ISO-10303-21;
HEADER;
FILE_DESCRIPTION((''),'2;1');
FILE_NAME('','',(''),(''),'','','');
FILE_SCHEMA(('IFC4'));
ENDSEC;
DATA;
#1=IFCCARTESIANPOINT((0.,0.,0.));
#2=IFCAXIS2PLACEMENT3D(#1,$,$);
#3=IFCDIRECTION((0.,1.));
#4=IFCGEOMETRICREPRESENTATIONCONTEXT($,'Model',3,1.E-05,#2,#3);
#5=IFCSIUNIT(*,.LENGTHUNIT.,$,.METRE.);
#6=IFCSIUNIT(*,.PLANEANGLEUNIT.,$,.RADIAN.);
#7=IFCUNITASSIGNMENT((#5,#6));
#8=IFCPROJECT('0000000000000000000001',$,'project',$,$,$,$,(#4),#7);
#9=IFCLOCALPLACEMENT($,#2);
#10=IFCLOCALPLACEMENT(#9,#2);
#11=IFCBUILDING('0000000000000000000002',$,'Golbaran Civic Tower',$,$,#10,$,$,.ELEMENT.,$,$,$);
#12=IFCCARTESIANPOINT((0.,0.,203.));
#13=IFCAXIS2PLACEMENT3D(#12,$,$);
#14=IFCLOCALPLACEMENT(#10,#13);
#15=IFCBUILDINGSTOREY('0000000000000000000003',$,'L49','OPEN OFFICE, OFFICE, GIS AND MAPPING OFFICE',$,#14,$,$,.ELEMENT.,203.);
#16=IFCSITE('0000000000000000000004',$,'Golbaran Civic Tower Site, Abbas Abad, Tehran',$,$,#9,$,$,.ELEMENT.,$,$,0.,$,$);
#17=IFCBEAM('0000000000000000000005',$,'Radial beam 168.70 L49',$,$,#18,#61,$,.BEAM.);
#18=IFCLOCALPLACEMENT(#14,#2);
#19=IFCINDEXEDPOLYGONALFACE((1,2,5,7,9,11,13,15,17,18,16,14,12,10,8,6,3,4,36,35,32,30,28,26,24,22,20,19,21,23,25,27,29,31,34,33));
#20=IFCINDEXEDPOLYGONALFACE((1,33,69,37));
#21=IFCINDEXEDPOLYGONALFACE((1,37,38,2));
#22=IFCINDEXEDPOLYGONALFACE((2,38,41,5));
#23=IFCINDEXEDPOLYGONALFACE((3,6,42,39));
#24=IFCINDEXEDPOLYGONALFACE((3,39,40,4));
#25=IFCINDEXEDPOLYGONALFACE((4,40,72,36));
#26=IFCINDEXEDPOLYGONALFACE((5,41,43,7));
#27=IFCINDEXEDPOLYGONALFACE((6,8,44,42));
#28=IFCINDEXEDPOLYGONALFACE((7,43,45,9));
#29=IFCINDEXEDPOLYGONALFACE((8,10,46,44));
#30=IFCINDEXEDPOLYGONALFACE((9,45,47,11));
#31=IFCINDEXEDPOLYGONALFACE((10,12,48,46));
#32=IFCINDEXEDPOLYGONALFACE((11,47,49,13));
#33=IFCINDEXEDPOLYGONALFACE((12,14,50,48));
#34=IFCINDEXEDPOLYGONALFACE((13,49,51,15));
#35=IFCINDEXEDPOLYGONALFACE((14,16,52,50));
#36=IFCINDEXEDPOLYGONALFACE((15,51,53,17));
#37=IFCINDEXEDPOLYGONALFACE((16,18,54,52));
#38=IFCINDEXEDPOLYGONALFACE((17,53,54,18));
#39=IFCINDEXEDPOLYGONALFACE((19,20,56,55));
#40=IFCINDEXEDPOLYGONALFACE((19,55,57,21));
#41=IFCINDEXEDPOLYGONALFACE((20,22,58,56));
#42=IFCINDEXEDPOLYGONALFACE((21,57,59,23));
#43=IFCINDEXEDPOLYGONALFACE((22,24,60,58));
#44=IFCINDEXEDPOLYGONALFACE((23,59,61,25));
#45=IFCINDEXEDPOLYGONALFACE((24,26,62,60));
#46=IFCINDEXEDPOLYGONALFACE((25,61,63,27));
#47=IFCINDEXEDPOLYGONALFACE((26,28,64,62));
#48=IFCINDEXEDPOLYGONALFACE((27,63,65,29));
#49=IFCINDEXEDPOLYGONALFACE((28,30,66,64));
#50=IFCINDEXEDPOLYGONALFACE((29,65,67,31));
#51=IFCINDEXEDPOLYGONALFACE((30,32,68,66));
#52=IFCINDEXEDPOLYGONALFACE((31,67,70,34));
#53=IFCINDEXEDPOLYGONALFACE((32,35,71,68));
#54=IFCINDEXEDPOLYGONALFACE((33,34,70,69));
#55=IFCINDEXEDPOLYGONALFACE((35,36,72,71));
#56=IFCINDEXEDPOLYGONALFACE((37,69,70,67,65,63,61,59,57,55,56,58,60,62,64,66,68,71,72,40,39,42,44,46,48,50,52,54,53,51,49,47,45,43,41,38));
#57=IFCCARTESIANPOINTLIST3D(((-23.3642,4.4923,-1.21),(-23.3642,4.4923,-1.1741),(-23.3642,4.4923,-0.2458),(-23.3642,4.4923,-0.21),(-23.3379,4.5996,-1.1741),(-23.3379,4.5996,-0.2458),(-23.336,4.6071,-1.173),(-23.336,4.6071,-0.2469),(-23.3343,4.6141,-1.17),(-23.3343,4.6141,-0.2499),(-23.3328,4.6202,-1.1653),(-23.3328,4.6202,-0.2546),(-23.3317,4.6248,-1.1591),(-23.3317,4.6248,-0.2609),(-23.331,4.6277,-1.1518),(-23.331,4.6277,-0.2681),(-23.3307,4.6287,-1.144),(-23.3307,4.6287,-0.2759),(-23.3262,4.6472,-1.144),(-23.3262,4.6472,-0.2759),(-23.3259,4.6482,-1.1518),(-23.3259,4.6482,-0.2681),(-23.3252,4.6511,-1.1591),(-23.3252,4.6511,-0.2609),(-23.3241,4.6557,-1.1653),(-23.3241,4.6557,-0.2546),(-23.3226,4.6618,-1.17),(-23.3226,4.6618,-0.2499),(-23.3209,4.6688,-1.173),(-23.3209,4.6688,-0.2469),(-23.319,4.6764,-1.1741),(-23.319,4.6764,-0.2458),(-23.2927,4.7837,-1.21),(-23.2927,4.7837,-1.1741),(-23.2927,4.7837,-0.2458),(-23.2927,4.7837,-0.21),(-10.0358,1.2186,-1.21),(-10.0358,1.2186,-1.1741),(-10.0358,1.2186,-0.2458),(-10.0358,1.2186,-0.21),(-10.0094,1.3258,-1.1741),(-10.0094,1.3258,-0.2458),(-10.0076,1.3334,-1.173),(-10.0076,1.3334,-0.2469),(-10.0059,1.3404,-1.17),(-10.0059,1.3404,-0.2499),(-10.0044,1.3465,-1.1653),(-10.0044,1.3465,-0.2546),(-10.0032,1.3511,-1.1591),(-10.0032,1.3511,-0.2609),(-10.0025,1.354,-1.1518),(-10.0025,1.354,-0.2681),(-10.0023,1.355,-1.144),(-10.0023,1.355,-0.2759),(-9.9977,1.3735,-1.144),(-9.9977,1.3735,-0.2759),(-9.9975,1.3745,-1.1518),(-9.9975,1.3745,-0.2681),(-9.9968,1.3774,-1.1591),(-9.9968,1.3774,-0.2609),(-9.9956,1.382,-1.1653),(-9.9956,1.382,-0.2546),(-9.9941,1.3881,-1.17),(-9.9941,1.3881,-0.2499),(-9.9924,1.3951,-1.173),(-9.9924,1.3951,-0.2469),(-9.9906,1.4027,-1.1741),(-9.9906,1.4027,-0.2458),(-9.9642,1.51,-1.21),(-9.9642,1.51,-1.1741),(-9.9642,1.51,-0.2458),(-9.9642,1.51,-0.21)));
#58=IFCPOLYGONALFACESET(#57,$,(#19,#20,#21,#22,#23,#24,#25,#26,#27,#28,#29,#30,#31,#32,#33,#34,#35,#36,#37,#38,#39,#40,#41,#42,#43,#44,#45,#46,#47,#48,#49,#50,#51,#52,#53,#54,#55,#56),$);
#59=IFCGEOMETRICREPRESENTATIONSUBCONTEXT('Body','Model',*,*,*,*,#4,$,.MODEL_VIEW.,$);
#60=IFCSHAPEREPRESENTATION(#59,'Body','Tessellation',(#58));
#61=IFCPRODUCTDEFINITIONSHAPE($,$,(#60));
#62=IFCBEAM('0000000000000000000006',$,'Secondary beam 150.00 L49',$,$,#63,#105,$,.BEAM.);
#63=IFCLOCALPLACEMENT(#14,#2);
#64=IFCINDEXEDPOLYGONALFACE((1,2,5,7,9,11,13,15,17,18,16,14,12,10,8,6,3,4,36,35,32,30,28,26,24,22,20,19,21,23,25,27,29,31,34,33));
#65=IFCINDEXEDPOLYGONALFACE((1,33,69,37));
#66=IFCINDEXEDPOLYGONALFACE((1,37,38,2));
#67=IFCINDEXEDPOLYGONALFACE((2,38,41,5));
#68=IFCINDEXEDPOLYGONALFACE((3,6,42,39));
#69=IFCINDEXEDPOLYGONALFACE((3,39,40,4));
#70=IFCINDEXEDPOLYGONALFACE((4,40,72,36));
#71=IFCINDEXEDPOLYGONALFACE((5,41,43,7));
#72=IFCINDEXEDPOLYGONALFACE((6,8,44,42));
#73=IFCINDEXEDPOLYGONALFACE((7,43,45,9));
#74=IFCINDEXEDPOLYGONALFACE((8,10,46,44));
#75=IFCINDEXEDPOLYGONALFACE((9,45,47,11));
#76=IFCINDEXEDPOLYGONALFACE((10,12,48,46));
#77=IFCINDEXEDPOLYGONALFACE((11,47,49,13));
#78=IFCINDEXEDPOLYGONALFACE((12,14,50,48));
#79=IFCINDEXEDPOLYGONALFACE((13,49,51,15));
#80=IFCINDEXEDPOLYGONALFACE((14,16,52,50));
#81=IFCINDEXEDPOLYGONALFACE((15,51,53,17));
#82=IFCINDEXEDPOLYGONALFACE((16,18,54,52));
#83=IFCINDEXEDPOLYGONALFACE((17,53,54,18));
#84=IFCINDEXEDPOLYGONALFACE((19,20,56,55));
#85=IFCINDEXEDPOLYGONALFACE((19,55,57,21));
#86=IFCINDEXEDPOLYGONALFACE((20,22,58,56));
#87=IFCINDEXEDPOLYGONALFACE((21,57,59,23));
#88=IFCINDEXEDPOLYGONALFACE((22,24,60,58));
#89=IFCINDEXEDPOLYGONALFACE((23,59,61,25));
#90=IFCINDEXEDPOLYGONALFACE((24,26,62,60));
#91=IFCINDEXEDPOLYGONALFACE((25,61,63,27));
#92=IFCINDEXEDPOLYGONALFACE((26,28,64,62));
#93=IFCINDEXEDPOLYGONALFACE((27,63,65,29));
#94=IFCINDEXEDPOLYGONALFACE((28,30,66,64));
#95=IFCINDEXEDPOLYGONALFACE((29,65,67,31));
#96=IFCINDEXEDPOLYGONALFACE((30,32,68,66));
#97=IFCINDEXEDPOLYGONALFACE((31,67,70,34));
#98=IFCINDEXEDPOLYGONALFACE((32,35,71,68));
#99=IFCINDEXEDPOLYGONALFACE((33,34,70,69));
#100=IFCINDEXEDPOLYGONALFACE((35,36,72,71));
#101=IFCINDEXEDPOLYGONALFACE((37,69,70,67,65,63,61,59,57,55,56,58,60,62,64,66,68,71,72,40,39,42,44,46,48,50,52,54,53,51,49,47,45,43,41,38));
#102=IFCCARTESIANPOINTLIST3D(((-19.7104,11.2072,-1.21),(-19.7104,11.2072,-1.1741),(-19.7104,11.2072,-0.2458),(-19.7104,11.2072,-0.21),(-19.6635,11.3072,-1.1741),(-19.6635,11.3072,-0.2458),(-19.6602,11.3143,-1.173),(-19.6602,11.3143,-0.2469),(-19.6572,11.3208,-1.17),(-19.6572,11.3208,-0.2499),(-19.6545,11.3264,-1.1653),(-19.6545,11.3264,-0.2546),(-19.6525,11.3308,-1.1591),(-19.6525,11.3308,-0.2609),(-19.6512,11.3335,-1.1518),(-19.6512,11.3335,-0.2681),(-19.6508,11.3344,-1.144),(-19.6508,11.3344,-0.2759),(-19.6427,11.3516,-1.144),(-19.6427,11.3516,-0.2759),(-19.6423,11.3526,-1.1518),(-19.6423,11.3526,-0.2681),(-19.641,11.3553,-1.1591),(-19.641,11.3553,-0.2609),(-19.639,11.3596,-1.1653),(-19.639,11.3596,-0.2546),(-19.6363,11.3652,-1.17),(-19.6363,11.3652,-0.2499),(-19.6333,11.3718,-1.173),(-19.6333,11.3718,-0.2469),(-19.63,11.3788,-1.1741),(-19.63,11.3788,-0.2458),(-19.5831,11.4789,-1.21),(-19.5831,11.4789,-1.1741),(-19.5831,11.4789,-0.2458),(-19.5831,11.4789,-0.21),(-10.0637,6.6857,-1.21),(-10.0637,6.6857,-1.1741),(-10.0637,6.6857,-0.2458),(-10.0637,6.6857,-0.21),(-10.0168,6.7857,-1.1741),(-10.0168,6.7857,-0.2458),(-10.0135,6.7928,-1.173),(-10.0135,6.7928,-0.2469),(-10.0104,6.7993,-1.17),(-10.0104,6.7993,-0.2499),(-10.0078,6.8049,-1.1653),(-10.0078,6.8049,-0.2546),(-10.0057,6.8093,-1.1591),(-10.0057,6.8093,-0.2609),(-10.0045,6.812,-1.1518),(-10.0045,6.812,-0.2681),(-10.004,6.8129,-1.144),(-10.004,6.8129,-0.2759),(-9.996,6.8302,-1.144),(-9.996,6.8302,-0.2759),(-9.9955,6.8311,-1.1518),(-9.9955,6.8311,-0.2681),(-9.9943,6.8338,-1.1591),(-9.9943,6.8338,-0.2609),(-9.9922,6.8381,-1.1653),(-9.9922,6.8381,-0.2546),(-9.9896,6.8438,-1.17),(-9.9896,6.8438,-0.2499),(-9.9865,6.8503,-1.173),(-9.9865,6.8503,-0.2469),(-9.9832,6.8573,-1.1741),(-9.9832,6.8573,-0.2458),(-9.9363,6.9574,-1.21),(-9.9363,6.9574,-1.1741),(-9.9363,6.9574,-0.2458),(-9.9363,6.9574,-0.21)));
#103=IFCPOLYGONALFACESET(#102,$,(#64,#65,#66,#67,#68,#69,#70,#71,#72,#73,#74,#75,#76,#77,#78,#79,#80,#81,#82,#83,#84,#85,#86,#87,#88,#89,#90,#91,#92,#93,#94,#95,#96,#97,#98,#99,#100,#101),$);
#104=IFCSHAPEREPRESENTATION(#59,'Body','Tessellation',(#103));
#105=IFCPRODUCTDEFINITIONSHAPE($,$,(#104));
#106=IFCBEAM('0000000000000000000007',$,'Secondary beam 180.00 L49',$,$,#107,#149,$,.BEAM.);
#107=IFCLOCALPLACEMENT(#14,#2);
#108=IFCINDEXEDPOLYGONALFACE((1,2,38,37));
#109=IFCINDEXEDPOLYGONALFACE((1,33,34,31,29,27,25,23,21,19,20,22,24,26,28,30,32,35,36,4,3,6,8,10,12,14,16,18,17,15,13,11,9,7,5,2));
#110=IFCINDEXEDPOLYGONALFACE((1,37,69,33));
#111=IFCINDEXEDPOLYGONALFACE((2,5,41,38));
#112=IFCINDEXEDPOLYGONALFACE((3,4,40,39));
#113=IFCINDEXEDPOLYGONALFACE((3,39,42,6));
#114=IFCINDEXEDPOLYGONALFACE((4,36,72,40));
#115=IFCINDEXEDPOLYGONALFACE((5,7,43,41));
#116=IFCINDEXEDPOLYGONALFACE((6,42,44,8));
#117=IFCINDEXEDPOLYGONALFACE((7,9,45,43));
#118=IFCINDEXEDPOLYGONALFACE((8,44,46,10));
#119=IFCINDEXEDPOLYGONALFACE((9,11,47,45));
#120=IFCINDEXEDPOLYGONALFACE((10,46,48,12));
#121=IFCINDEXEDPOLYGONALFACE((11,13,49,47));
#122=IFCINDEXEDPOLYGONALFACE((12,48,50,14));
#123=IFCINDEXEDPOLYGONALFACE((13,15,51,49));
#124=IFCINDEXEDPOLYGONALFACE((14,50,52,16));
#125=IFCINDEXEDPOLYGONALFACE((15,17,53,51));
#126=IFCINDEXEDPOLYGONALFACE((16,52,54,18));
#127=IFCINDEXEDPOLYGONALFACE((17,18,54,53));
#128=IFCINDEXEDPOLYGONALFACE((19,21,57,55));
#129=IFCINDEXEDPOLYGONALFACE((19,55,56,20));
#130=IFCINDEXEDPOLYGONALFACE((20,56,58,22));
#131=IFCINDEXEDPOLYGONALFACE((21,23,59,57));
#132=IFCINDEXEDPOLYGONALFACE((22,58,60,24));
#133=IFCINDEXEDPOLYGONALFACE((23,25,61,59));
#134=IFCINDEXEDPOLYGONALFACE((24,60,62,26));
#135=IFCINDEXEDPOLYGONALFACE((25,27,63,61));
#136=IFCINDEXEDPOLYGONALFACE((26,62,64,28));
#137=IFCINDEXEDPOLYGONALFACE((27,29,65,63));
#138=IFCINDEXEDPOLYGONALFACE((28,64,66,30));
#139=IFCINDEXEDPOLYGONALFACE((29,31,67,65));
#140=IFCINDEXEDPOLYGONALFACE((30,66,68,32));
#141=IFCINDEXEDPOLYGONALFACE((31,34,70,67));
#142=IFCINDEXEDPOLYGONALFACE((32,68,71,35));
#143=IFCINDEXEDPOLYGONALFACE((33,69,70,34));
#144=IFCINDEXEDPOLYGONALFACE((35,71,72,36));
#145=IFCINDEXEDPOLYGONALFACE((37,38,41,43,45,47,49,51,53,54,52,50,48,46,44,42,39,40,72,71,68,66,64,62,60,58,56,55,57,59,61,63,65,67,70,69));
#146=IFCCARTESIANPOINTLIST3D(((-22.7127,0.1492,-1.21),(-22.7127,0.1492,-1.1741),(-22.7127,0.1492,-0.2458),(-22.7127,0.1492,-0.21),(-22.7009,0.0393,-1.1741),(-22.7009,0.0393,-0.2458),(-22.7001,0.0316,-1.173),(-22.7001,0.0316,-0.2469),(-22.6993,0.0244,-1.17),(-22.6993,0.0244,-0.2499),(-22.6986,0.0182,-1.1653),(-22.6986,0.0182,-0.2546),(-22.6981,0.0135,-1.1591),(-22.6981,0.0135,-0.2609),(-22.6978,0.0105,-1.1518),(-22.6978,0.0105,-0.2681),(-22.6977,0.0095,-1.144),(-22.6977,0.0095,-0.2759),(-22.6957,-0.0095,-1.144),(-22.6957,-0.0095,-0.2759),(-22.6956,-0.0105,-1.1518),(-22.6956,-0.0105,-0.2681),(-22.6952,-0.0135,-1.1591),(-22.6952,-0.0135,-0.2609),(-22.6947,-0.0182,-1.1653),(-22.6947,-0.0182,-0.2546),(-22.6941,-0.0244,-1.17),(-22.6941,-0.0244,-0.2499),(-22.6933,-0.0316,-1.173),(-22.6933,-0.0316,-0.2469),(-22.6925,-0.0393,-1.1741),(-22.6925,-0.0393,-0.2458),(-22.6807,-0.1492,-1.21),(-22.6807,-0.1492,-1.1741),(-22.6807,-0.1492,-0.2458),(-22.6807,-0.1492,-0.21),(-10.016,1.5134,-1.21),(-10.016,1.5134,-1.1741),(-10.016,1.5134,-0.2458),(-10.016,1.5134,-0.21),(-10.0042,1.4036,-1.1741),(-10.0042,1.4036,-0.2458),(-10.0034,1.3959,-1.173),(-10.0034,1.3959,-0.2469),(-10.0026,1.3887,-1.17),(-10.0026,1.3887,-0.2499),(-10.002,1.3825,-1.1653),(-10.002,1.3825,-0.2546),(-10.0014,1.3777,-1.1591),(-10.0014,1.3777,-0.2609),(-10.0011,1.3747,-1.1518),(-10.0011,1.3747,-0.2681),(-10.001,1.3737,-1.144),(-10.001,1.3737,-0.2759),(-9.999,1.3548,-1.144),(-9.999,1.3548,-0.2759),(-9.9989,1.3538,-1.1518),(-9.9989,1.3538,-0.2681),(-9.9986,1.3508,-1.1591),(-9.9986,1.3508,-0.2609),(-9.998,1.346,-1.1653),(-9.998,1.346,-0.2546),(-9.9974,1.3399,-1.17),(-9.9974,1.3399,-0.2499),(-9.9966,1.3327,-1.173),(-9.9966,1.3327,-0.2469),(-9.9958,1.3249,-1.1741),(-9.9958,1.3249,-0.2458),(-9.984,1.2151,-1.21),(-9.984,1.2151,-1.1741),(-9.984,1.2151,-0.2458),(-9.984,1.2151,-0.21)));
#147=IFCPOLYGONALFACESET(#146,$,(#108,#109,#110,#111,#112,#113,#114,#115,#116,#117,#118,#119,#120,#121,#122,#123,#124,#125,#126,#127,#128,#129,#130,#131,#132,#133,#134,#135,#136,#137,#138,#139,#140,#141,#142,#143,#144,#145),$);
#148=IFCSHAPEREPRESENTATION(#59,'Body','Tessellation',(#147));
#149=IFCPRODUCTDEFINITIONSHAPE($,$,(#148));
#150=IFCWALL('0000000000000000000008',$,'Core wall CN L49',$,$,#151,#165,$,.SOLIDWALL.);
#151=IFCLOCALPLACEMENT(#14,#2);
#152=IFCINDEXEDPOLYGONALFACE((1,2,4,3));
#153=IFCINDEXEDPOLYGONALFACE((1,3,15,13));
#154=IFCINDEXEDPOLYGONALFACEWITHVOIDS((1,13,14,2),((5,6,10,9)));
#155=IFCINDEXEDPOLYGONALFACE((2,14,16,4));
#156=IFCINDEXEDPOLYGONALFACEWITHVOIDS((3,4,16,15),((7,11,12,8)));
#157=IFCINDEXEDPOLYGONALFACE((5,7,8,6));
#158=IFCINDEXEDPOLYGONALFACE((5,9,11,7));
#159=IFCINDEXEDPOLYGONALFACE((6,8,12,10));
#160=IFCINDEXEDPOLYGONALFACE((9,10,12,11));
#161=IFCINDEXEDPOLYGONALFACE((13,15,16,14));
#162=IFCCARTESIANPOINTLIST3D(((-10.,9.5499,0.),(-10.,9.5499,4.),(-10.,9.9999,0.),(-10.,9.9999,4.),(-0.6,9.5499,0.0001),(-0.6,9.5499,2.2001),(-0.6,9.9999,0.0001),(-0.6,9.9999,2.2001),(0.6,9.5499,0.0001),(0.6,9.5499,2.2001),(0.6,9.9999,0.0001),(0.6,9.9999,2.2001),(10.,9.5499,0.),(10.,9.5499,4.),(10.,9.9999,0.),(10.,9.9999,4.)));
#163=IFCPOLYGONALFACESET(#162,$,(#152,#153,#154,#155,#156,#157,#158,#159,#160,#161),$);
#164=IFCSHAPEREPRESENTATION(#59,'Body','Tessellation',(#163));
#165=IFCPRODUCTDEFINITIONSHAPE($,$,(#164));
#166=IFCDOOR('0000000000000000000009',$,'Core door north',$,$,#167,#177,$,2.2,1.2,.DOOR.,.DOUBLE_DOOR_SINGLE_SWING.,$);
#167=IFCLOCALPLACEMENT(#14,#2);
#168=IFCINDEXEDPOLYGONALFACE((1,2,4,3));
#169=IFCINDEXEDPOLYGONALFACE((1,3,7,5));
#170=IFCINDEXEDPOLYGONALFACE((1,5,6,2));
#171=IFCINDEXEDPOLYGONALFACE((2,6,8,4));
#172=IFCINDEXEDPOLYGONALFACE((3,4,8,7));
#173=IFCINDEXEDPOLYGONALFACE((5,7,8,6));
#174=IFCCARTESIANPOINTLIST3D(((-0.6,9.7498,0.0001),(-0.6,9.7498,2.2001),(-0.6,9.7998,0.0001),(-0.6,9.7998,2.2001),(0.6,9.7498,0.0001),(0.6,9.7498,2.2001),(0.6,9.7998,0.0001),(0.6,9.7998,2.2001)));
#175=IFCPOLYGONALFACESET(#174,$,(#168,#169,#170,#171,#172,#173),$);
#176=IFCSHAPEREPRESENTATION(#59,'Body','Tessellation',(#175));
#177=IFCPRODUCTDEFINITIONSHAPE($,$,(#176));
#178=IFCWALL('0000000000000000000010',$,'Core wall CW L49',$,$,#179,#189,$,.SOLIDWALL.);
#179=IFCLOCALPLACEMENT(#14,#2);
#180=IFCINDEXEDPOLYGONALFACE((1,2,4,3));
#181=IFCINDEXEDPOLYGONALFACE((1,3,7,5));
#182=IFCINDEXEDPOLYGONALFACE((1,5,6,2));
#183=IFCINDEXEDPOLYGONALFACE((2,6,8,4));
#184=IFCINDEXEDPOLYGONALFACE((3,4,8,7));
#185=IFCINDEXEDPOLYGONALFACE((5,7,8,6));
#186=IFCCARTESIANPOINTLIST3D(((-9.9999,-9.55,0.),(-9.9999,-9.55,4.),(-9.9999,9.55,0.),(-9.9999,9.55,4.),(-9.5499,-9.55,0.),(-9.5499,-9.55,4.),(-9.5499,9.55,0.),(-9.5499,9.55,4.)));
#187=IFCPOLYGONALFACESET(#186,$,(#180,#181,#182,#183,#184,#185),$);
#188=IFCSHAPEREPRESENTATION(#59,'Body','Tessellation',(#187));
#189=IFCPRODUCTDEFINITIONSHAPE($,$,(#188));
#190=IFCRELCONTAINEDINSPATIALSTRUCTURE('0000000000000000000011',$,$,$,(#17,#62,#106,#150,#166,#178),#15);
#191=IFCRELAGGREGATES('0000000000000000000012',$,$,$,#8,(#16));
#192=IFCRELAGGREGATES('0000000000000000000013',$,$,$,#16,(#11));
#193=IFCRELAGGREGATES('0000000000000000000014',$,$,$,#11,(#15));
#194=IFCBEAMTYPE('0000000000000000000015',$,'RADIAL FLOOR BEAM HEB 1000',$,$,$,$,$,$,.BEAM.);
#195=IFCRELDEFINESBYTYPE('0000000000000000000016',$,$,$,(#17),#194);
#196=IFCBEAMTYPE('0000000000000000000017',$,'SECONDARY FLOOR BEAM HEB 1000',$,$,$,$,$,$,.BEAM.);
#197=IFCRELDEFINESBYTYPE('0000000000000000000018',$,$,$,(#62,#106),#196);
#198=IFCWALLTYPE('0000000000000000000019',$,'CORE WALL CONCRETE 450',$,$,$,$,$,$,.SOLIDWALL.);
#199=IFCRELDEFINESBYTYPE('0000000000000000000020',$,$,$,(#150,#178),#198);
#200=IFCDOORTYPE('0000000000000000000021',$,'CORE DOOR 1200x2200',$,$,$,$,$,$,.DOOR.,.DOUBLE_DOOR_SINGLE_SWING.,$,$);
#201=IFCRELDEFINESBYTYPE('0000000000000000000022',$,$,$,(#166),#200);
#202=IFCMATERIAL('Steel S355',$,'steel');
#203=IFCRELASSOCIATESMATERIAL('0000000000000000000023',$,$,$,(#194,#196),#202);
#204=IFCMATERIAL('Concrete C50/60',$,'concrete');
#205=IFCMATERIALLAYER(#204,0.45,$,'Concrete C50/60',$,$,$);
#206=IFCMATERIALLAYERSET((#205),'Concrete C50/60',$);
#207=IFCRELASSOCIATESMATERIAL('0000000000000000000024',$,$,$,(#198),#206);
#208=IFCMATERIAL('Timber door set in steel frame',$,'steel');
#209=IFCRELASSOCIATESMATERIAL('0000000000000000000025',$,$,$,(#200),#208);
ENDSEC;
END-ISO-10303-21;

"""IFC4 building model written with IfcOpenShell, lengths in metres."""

from ifc_helpers import new_model, si_unit, direction, frame, frame_2d, origin, origin_2d, place, context, subcontext, project, spatial, rectangle, i_section, extrude, material, layer, layer_set, material_profile, profile_set, type_object, element, fill, save


model = new_model("IFC4")

# Units and contexts
model_context = context("Model", 3, precision=1e-05, world=origin(), true_north=direction((0.0, 1.0)))
body_context = subcontext(model_context, "Body", "Model", "MODEL_VIEW")
ifc_project = project(units=[si_unit("LENGTHUNIT", "METRE"), si_unit("PLANEANGLEUNIT", "RADIAN")], contexts=[model_context])

# Site, building, storey
site_placement = place(None, origin())
site = spatial("IfcSite", under=ifc_project, at=site_placement, Name="Golbaran Civic Tower Site, Abbas Abad, Tehran", CompositionType="ELEMENT", RefElevation=0.0)
building_placement = place(site_placement, origin())
building = spatial("IfcBuilding", under=site, at=building_placement, Name="Golbaran Civic Tower", CompositionType="ELEMENT")
storey_placement = place(building_placement, frame((0.0, 0.0, 203.0)))
storey = spatial("IfcBuildingStorey", under=building, at=storey_placement, Name="L49", Description="OPEN OFFICE, OFFICE, GIS AND MAPPING OFFICE", CompositionType="ELEMENT", Elevation=203.0)

# Beams
ifc_material_1 = material(Name="Steel S355", Category="steel")
ifc_material_profile_1 = material_profile(ifc_material_1, i_section(OverallWidth=0.3, OverallDepth=1.0, WebThickness=0.019, FlangeThickness=0.0359, FilletRadius=0.03, at=origin_2d()), Name="HEB 1000")
ifc_profile_set_1 = profile_set([ifc_material_profile_1], Name="Steel S355")
beam_type_1 = type_object("IfcBeamType", Name="RADIAL FLOOR BEAM HEB 1000", PredefinedType="BEAM", material=ifc_profile_set_1)
beam_1_placement = place(storey_placement, frame((-10.0, 1.3643, -0.71), z_axis=(-0.971136, 0.238528, 0.0), x_axis=(-0.238528, -0.971136, 0.0)))
element("IfcBeam", 1, at=beam_1_placement, inside=storey, type_object=beam_type_1, Name="Radial beam 168.70 L49", PredefinedType="BEAM", context=body_context, shape_type="SweptSolid", body=[
    extrude(i_section(OverallWidth=0.3, OverallDepth=1.0, WebThickness=0.019, FlangeThickness=0.0359, FilletRadius=0.03, at=origin_2d()), origin(), (0.0, 0.0, 1.0), 13.7246),
])
ifc_material_profile_2 = material_profile(ifc_material_1, i_section(OverallWidth=0.3, OverallDepth=1.0, WebThickness=0.019, FlangeThickness=0.0359, FilletRadius=0.03, at=origin_2d()), Name="HEB 1000")
ifc_profile_set_2 = profile_set([ifc_material_profile_2], Name="Steel S355")
beam_type_2 = type_object("IfcBeamType", Name="SECONDARY FLOOR BEAM HEB 1000", PredefinedType="BEAM", material=ifc_profile_set_2)
beam_2_placement = place(storey_placement, frame((-10.0, 6.8215, -0.71), z_axis=(-0.905474, 0.424402, 0.0), x_axis=(-0.424402, -0.905474, 0.0)))
element("IfcBeam", 2, at=beam_2_placement, inside=storey, type_object=beam_type_2, Name="Secondary beam 150.00 L49", PredefinedType="BEAM", context=body_context, shape_type="SweptSolid", body=[
    extrude(i_section(OverallWidth=0.3, OverallDepth=1.0, WebThickness=0.019, FlangeThickness=0.0359, FilletRadius=0.03, at=origin_2d()), origin(), (0.0, 0.0, 1.0), 10.6538),
])
beam_3_placement = place(storey_placement, frame((-10.0, 1.3643, -0.71), z_axis=(-0.994277, -0.106834, 0.0), x_axis=(0.106834, -0.994277, 0.0)))
element("IfcBeam", 3, at=beam_3_placement, inside=storey, type_object=beam_type_2, Name="Secondary beam 180.00 L49", PredefinedType="BEAM", context=body_context, shape_type="SweptSolid", body=[
    extrude(i_section(OverallWidth=0.3, OverallDepth=1.0, WebThickness=0.019, FlangeThickness=0.0359, FilletRadius=0.03, at=origin_2d()), origin(), (0.0, 0.0, 1.0), 12.7698),
])

# Wall, opening, door
ifc_material_2 = material(Name="Concrete C50/60", Category="concrete")
ifc_layer_1 = layer(ifc_material_2, 0.45, Name="Concrete C50/60")
ifc_layer_set_1 = layer_set([ifc_layer_1], Name="Concrete C50/60")
wall_type_1 = type_object("IfcWallType", Name="CORE WALL CONCRETE 450", PredefinedType="SOLIDWALL", material=ifc_layer_set_1)
wall_1_placement = place(storey_placement, frame((-10.0, 9.7749, 0.0), z_axis=(0.0, 0.0, 1.0), x_axis=(1.0, 0.0, 0.0)))
wall_1 = element("IfcWall", 4, at=wall_1_placement, inside=storey, type_object=wall_type_1, Name="Core wall CN L49", PredefinedType="SOLIDWALL", context=body_context, shape_type="SweptSolid", body=[
    extrude(rectangle(XDim=20.0, YDim=0.45, at=frame_2d((10.0, 0.0))), origin(), (0.0, 0.0, 1.0), 4.0),
])
opening_1_placement = place(wall_1_placement, frame((9.3999, 0.0, 0.0)))
opening_1 = element("IfcOpeningElement", 5, at=opening_1_placement, cuts=wall_1, PredefinedType="OPENING", context=body_context, shape_type="SweptSolid", body=[
    extrude(rectangle(XDim=1.2, YDim=2.2, at=frame_2d((0.6001, 1.1001))), frame((0.0, 0.2349, 0.0), z_axis=(0.0, -1.0, 0.0), x_axis=(1.0, 0.0, 0.0)), (0.0, 0.0, 1.0), 0.47),
])
ifc_material_3 = material(Name="Timber door set in steel frame", Category="steel")
door_type_1 = type_object("IfcDoorType", Name="CORE DOOR 1200x2200", OperationType="DOUBLE_DOOR_SINGLE_SWING", PredefinedType="DOOR", material=ifc_material_3)
door_1_placement = place(opening_1_placement, origin())
door_1 = element("IfcDoor", 6, at=door_1_placement, inside=storey, type_object=door_type_1, Name="Core door north", OperationType="DOUBLE_DOOR_SINGLE_SWING", OverallHeight=2.2, OverallWidth=1.2, PredefinedType="DOOR", context=body_context, shape_type="SweptSolid", body=[
    extrude(rectangle(XDim=1.2, YDim=2.2, at=frame_2d((0.6001, 1.1001))), frame((0.0, 0.0249, 0.0), z_axis=(0.0, -1.0, 0.0), x_axis=(1.0, 0.0, 0.0)), (0.0, 0.0, 1.0), 0.05),
])
fill(opening_1, door_1)

# Wall
wall_2_placement = place(storey_placement, frame((-9.7749, 9.55, 0.0), z_axis=(0.0, 0.0, 1.0), x_axis=(0.0, -1.0, 0.0)))
element("IfcWall", 7, at=wall_2_placement, inside=storey, type_object=wall_type_1, Name="Core wall CW L49", PredefinedType="SOLIDWALL", context=body_context, shape_type="SweptSolid", body=[
    extrude(rectangle(XDim=19.1001, YDim=0.45, at=frame_2d((9.55, 0.0))), origin(), (0.0, 0.0, 1.0), 4.0),
])

save(model, "model.ifc")
